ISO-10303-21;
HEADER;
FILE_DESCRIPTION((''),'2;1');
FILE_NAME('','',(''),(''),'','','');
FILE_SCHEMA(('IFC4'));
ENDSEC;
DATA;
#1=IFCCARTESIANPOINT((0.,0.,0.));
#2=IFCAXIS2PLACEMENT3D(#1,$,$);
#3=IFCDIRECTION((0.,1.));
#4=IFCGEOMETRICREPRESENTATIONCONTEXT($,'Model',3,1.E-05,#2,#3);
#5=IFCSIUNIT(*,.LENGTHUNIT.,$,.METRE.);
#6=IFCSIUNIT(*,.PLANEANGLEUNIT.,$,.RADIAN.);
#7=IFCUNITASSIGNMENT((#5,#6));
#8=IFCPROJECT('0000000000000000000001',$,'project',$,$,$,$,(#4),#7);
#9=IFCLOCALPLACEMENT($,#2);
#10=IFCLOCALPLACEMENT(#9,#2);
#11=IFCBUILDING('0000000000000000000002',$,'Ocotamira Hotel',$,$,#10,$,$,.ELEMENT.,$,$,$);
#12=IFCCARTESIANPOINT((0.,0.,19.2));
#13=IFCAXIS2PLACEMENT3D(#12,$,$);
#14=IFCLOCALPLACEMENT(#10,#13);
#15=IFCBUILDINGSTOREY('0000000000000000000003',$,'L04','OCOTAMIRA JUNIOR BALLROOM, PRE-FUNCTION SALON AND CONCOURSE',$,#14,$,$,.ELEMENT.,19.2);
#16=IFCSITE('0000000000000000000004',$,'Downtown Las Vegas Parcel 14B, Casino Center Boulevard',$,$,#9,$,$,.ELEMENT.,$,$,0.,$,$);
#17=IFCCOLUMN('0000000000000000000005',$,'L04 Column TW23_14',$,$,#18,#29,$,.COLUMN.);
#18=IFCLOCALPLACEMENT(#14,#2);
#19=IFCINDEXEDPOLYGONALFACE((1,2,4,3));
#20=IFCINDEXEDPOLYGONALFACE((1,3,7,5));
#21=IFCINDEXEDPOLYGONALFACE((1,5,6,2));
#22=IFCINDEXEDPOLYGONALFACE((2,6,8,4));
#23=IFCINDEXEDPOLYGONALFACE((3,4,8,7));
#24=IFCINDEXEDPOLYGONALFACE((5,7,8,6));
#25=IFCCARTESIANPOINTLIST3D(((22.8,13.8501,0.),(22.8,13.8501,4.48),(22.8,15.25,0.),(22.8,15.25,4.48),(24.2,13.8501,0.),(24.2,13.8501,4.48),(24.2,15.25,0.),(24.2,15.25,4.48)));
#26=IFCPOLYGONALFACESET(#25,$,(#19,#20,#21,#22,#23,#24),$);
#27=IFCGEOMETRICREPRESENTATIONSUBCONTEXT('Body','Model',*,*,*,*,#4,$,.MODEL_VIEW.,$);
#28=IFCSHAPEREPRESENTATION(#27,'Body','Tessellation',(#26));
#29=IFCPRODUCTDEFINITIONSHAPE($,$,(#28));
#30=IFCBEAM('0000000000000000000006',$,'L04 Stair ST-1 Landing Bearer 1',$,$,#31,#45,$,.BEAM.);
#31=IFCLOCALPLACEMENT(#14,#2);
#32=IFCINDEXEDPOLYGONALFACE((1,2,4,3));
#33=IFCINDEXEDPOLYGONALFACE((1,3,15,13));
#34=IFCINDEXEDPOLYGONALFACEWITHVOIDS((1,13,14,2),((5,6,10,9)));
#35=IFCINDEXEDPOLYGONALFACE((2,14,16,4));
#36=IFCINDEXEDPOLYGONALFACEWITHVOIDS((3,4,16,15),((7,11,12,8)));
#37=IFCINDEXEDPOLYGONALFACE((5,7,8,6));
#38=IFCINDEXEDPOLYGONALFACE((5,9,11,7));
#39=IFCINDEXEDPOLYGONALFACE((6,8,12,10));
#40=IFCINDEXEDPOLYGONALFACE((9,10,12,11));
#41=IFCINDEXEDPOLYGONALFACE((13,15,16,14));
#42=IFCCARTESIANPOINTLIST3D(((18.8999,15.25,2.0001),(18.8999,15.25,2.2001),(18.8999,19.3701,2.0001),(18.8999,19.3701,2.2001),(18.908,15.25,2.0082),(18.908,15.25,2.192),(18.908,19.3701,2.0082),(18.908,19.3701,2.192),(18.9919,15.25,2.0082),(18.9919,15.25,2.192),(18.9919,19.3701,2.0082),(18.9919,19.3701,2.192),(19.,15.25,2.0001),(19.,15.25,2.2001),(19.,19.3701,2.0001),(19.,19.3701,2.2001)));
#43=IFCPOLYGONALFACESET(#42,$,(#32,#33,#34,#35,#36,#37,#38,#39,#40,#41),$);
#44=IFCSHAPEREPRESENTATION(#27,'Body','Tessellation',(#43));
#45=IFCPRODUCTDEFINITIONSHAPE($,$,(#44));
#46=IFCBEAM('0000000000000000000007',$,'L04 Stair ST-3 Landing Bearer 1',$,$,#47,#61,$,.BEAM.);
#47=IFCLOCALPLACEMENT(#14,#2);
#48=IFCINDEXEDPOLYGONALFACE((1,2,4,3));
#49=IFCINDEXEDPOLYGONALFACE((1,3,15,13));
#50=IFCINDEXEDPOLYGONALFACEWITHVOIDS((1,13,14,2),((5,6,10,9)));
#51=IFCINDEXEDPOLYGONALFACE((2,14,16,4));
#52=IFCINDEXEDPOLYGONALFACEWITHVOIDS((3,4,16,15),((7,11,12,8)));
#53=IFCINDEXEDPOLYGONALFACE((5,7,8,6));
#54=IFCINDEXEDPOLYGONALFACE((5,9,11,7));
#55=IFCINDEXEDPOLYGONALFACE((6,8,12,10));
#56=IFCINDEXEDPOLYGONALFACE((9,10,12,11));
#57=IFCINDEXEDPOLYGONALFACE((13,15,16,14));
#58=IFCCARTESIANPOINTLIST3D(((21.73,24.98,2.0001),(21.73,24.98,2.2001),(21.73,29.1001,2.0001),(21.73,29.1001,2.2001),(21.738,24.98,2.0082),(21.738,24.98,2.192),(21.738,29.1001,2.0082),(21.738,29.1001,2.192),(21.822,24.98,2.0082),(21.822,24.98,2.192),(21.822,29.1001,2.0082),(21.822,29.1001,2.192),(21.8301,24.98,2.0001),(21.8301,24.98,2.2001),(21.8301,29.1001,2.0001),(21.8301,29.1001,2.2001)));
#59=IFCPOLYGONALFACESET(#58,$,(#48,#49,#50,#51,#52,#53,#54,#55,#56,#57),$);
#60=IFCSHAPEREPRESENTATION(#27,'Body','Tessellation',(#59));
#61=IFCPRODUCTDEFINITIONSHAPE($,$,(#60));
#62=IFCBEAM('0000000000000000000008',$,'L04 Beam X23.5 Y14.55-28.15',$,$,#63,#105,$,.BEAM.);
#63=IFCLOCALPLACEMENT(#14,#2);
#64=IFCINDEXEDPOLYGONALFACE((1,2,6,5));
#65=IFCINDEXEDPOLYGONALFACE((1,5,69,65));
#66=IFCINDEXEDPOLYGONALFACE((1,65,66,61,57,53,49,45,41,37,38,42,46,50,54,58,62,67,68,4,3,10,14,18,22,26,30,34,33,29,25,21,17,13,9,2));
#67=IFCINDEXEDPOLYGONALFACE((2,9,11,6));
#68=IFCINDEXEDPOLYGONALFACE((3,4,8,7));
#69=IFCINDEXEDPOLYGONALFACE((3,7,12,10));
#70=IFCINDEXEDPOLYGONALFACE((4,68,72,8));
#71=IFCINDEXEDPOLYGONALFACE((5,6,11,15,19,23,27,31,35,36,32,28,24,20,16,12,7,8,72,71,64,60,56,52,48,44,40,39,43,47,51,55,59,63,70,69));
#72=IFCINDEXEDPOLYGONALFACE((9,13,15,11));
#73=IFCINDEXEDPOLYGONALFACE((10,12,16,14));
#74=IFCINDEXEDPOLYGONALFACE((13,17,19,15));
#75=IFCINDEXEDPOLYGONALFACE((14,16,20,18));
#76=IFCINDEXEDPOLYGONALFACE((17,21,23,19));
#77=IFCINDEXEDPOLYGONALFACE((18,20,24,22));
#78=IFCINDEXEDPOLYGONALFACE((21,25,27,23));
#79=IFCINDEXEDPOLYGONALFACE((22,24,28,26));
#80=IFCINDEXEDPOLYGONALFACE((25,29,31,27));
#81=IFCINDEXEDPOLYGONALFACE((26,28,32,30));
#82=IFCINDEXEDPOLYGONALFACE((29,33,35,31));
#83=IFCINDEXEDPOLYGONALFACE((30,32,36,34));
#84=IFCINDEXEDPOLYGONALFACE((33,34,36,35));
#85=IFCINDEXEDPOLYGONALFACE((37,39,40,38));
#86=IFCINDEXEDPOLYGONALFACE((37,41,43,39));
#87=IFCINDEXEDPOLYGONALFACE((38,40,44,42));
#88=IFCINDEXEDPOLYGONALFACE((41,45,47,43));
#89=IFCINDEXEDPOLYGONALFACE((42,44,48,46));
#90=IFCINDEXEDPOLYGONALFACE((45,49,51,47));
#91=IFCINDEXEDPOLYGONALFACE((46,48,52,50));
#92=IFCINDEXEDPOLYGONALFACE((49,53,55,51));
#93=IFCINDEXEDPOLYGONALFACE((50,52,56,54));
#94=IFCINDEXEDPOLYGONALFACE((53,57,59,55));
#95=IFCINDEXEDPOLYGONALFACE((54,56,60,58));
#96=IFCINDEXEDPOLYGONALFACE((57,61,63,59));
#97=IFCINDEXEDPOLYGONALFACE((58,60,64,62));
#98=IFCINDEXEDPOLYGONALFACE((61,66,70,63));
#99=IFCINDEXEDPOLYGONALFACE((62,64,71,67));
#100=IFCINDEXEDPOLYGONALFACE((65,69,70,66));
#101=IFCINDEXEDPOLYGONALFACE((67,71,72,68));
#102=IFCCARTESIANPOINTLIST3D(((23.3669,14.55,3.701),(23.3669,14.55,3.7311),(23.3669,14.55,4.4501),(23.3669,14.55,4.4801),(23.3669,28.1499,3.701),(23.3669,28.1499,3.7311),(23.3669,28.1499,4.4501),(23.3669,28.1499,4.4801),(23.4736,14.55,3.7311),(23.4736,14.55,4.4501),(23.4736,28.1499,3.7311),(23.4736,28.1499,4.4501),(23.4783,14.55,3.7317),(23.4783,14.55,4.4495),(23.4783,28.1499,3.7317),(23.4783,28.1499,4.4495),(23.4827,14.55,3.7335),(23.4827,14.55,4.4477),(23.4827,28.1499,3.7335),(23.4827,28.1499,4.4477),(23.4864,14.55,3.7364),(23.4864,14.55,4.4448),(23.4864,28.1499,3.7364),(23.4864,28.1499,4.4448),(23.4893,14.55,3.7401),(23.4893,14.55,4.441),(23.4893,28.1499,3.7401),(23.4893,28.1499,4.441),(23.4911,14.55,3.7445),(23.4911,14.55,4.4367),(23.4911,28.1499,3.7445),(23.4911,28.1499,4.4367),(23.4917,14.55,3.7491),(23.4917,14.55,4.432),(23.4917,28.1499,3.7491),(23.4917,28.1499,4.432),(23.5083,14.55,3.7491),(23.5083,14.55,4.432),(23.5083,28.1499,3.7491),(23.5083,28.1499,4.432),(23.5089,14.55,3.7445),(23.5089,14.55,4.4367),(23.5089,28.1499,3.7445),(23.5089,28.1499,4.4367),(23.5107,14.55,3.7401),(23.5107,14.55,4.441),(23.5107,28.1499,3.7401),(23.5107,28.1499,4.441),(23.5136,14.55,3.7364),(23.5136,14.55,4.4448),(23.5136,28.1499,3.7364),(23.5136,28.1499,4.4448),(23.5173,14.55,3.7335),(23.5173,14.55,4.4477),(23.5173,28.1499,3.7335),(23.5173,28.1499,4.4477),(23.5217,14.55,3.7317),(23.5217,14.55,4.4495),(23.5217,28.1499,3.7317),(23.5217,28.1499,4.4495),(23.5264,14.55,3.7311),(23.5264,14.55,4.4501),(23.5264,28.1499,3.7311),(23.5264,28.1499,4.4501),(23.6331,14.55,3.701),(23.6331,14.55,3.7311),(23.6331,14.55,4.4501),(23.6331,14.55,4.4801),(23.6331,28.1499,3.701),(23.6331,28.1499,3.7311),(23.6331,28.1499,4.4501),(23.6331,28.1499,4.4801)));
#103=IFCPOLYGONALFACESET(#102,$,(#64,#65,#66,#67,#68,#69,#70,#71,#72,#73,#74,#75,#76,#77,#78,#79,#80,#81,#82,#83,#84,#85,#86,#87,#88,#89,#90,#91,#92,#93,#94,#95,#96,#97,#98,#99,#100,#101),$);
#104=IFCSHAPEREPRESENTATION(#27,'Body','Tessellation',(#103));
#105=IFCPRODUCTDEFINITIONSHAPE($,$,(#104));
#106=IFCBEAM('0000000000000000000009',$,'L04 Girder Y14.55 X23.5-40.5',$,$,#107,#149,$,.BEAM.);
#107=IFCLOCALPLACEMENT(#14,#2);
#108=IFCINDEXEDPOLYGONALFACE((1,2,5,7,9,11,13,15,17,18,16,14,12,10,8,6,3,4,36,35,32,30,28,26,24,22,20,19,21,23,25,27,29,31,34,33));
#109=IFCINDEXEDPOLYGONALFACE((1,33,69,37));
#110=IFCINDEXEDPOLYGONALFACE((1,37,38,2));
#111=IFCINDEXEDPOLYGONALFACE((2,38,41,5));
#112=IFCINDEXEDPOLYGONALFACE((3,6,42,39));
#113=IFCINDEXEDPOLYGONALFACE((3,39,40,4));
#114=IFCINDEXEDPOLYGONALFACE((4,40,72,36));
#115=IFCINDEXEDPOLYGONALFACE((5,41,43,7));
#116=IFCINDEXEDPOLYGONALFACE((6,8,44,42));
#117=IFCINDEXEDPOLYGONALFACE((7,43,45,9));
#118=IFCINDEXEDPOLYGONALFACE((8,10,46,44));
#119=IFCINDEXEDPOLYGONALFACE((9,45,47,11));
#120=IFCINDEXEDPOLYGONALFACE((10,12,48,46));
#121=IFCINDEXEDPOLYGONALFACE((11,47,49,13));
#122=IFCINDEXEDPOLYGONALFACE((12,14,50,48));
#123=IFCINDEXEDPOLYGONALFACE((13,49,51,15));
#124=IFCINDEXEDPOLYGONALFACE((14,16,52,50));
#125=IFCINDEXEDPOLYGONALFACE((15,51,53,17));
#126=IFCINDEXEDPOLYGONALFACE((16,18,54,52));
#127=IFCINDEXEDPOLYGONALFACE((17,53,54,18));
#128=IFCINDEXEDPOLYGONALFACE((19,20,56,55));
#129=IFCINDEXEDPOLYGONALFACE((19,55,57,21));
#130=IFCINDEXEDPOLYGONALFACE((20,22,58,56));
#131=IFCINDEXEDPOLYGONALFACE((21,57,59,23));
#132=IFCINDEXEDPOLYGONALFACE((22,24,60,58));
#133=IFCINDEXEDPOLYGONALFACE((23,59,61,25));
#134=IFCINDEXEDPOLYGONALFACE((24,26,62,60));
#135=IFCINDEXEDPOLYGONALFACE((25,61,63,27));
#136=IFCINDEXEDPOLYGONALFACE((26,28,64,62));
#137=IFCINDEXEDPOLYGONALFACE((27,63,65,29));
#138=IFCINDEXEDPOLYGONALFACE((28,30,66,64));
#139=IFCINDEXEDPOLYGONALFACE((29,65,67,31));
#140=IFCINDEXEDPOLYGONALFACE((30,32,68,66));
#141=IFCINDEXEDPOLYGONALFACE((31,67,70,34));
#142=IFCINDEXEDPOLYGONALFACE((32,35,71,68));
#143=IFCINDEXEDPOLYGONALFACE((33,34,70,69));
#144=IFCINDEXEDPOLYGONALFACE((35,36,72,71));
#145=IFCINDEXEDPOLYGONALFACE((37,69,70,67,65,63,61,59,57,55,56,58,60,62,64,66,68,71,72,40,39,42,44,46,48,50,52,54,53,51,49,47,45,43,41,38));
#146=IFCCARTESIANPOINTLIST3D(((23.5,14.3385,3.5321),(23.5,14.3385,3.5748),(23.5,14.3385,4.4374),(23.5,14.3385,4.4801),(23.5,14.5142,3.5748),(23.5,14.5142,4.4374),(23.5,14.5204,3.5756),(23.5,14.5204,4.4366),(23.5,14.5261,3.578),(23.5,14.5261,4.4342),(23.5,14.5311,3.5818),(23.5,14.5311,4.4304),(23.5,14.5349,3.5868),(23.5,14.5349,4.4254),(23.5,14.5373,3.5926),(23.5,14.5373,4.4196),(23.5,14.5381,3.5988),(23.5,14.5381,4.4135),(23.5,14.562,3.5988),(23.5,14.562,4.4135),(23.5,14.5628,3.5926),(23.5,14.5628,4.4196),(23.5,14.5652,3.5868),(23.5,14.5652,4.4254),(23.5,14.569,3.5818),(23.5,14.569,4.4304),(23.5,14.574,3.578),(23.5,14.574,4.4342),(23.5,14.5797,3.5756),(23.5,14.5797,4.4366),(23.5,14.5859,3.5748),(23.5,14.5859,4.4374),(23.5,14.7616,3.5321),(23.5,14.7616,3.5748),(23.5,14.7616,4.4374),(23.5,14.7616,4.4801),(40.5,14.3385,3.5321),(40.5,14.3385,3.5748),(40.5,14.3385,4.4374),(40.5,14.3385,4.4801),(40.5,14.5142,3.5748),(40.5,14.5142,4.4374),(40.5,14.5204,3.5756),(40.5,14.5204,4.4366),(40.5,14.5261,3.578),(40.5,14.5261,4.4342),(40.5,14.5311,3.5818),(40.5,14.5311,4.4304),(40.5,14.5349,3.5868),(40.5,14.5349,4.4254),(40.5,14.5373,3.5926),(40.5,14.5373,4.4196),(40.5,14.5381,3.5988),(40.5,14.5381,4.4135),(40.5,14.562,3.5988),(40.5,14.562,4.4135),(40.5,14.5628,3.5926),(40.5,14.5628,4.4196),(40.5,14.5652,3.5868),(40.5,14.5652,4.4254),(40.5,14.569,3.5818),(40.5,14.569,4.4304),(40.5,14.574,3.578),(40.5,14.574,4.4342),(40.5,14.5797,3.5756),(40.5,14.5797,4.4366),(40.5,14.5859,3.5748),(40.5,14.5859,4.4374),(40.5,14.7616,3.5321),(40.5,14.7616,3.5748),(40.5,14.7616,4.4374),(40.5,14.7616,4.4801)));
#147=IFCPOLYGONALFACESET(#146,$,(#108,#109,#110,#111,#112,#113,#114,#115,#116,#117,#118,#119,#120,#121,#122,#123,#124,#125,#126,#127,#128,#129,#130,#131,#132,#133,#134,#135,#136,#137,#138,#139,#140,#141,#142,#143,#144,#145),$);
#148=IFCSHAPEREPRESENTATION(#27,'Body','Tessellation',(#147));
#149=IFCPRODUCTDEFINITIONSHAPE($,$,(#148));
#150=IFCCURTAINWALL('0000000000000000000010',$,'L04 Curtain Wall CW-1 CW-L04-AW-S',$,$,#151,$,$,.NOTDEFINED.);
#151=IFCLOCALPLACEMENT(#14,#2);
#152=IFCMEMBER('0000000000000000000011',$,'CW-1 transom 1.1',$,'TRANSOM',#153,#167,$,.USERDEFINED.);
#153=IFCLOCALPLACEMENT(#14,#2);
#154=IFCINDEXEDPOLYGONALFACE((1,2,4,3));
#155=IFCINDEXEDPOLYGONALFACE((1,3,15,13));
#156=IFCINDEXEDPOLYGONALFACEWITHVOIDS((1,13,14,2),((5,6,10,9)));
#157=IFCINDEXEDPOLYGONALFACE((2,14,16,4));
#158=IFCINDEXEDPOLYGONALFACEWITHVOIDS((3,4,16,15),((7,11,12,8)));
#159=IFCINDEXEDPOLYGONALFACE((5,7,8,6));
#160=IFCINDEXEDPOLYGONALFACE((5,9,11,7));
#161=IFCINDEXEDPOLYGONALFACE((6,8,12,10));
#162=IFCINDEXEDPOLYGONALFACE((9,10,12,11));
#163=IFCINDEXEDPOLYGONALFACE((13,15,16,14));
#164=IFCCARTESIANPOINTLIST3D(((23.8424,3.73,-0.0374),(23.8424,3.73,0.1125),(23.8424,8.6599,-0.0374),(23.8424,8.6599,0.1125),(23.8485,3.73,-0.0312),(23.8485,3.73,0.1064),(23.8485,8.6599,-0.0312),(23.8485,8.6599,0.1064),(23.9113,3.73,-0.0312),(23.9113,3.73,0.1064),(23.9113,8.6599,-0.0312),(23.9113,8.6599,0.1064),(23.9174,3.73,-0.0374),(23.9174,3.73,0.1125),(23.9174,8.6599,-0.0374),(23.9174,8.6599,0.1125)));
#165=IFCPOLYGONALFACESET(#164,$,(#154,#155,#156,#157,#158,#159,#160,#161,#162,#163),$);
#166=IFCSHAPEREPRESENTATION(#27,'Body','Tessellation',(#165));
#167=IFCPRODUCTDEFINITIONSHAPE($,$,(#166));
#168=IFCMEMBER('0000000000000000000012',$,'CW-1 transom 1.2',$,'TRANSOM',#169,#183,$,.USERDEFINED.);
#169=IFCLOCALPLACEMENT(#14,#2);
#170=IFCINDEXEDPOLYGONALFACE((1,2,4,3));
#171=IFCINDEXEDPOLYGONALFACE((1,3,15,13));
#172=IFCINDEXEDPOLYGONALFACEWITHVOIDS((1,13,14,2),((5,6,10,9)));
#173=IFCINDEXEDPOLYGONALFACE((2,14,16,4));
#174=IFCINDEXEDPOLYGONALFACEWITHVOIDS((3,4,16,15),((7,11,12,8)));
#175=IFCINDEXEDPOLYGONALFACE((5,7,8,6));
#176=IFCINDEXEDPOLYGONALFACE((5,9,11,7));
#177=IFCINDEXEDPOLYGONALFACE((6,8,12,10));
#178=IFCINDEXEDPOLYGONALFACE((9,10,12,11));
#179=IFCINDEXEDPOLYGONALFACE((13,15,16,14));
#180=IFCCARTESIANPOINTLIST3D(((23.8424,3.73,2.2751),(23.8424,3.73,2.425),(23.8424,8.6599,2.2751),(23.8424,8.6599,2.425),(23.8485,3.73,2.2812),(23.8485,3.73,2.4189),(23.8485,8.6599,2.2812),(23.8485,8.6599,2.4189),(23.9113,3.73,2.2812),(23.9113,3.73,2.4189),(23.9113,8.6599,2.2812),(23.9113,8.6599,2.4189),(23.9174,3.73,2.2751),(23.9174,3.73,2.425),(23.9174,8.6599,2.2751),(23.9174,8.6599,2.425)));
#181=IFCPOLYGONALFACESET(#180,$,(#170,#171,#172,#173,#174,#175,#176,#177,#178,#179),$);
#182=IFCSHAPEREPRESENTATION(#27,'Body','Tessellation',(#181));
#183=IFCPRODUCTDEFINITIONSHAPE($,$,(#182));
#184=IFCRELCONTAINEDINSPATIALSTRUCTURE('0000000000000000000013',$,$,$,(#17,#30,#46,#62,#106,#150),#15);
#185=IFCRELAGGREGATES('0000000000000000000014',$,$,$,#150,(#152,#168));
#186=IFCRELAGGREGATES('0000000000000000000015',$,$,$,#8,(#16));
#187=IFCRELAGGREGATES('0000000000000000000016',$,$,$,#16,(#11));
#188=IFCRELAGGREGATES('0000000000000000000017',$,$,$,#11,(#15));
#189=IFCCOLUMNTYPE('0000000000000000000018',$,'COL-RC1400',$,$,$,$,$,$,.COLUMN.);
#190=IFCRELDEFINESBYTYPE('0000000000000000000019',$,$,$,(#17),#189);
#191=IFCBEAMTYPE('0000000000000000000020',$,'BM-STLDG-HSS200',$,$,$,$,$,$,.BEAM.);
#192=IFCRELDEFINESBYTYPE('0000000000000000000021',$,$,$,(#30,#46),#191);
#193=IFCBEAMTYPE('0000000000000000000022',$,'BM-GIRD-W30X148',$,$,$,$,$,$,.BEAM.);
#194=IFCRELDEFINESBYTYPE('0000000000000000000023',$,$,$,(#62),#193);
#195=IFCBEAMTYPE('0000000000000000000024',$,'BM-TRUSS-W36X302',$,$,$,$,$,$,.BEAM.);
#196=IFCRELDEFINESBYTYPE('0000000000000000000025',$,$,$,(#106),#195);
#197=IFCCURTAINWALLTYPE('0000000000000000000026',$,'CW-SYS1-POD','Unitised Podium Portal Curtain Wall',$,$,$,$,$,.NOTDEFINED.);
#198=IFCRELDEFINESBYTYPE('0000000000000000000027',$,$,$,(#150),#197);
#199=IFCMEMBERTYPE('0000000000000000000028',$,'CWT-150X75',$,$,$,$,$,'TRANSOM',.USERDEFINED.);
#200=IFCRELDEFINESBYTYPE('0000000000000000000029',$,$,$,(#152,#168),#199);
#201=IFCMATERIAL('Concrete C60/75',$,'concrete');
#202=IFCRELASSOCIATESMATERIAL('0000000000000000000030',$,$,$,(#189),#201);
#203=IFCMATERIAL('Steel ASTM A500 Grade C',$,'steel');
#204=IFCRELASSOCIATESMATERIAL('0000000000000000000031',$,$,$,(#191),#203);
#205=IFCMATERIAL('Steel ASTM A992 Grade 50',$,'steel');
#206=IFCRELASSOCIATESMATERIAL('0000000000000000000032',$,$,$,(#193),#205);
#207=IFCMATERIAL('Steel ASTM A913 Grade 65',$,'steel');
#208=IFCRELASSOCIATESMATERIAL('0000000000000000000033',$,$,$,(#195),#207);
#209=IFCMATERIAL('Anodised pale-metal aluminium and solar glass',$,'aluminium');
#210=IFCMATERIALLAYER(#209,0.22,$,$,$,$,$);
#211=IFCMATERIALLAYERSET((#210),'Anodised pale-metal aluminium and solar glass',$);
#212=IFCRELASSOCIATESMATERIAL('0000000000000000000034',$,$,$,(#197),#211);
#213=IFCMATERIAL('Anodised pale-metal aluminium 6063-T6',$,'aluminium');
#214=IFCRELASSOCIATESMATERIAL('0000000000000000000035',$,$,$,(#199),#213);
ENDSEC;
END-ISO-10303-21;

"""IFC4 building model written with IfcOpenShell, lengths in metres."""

from ifc_helpers import new_model, si_unit, direction, frame, origin, origin_2d, place, context, subcontext, project, spatial, rectangle, hollow_rectangle, i_section, extrude, source, transform, mapped, material, layer, layer_set, material_profile, profile_set, type_object, element, aggregate, save


model = new_model("IFC4")

# Units and contexts
model_context = context("Model", 3, precision=1e-05, world=origin(), true_north=direction((0.0, 1.0)))
body_context = subcontext(model_context, "Body", "Model", "MODEL_VIEW")
ifc_project = project(units=[si_unit("LENGTHUNIT", "METRE"), si_unit("PLANEANGLEUNIT", "RADIAN")], contexts=[model_context])

# Site, building, storey
site_placement = place(None, origin())
site = spatial("IfcSite", under=ifc_project, at=site_placement, Name="Downtown Las Vegas Parcel 14B, Casino Center Boulevard", CompositionType="ELEMENT", RefElevation=0.0)
building_placement = place(site_placement, origin())
building = spatial("IfcBuilding", under=site, at=building_placement, Name="Ocotamira Hotel", CompositionType="ELEMENT")
storey_placement = place(building_placement, frame((0.0, 0.0, 19.2)))
storey = spatial("IfcBuildingStorey", under=building, at=storey_placement, Name="L04", Description="OCOTAMIRA JUNIOR BALLROOM, PRE-FUNCTION SALON AND CONCOURSE", CompositionType="ELEMENT", Elevation=19.2)

# Column
ifc_material_1 = material(Name="Concrete C60/75", Category="concrete")
ifc_material_profile_1 = material_profile(ifc_material_1, rectangle(XDim=1.3999, YDim=1.3999, at=origin_2d()), Name="RC1400X1400")
ifc_profile_set_1 = profile_set([ifc_material_profile_1], Name="Concrete C60/75")
column_type = type_object("IfcColumnType", Name="COL-RC1400", PredefinedType="COLUMN", material=ifc_profile_set_1)
shared_shape_1 = source(origin(), body_context, "Body", "SweptSolid", [
    extrude(rectangle(XDim=1.3999, YDim=1.3999, at=origin_2d()), origin(), (0.0, 0.0, 1.0), 4.48),
])
column_placement = place(storey_placement, frame((23.5, 14.55, 0.0), z_axis=(0.0, 0.0, 1.0), x_axis=(1.0, 0.0, 0.0)))
element("IfcColumn", 1, at=column_placement, inside=storey, type_object=column_type, Name="L04 Column TW23_14", PredefinedType="COLUMN", context=body_context, shape_type="MappedRepresentation", body=[
    mapped(shared_shape_1, transform((0.0, 0.0, 0.0), scale=1.0)),
])

# Beams
ifc_material_2 = material(Name="Steel ASTM A500 Grade C", Category="steel")
ifc_material_profile_2 = material_profile(ifc_material_2, hollow_rectangle(XDim=0.1001, YDim=0.2, WallThickness=0.0081, at=origin_2d()), Name="HSS200X100X8")
ifc_profile_set_2 = profile_set([ifc_material_profile_2], Name="Steel ASTM A500 Grade C")
beam_type_1 = type_object("IfcBeamType", Name="BM-STLDG-HSS200", PredefinedType="BEAM", material=ifc_profile_set_2)
shared_shape_2 = source(origin(), body_context, "Body", "SweptSolid", [
    extrude(hollow_rectangle(XDim=0.1001, YDim=0.2, WallThickness=0.0081, at=origin_2d()), origin(), (0.0, 0.0, 1.0), 4.1201),
])
for number, where, z_axis, x_axis, name in (
    (2, (18.95, 15.25, 2.1001), (0.0, 1.0, 0.0), (-1.0, 0.0, 0.0), "L04 Stair ST-1 Landing Bearer 1"),
    (3, (21.78, 24.98, 2.1001), (0.0, 1.0, 0.0), (-1.0, 0.0, 0.0), "L04 Stair ST-3 Landing Bearer 1"),
):
    element("IfcBeam", number, at=place(storey_placement, frame(where, z_axis=z_axis, x_axis=x_axis)), inside=storey, type_object=beam_type_1, Name=name, PredefinedType="BEAM", context=body_context, shape_type="MappedRepresentation", body=[
        mapped(shared_shape_2, transform((0.0, 0.0, 0.0), scale=1.0)),
    ])
ifc_material_3 = material(Name="Steel ASTM A992 Grade 50", Category="steel")
ifc_material_profile_3 = material_profile(ifc_material_3, i_section(OverallWidth=0.2661, OverallDepth=0.7791, WebThickness=0.0166, FlangeThickness=0.03, FilletRadius=0.0181, at=origin_2d()), Name="W30X148")
ifc_profile_set_3 = profile_set([ifc_material_profile_3], Name="Steel ASTM A992 Grade 50")
beam_type_2 = type_object("IfcBeamType", Name="BM-GIRD-W30X148", PredefinedType="BEAM", material=ifc_profile_set_3)
shared_shape_3 = source(origin(), body_context, "Body", "SweptSolid", [
    extrude(i_section(OverallWidth=0.2661, OverallDepth=0.7791, WebThickness=0.0166, FlangeThickness=0.03, FilletRadius=0.0181, at=origin_2d()), origin(), (0.0, 0.0, 1.0), 13.5999),
])
beam_1_placement = place(storey_placement, frame((23.5, 14.55, 4.0906), z_axis=(0.0, 1.0, 0.0), x_axis=(-1.0, 0.0, 0.0)))
element("IfcBeam", 4, at=beam_1_placement, inside=storey, type_object=beam_type_2, Name="L04 Beam X23.5 Y14.55-28.15", PredefinedType="BEAM", context=body_context, shape_type="MappedRepresentation", body=[
    mapped(shared_shape_3, transform((0.0, 0.0, 0.0), scale=1.0)),
])
ifc_material_4 = material(Name="Steel ASTM A913 Grade 65", Category="steel")
ifc_material_profile_4 = material_profile(ifc_material_4, i_section(OverallWidth=0.4231, OverallDepth=0.948, WebThickness=0.0239, FlangeThickness=0.0427, FilletRadius=0.0239, at=origin_2d()), Name="W36X302")
ifc_profile_set_4 = profile_set([ifc_material_profile_4], Name="Steel ASTM A913 Grade 65")
beam_type_3 = type_object("IfcBeamType", Name="BM-TRUSS-W36X302", PredefinedType="BEAM", material=ifc_profile_set_4)
shared_shape_4 = source(origin(), body_context, "Body", "SweptSolid", [
    extrude(i_section(OverallWidth=0.4231, OverallDepth=0.948, WebThickness=0.0239, FlangeThickness=0.0427, FilletRadius=0.0239, at=origin_2d()), origin(), (0.0, 0.0, 1.0), 17.0),
])
beam_2_placement = place(storey_placement, frame((23.5, 14.55, 4.0061), z_axis=(1.0, 0.0, 0.0), x_axis=(0.0, 1.0, 0.0)))
element("IfcBeam", 5, at=beam_2_placement, inside=storey, type_object=beam_type_3, Name="L04 Girder Y14.55 X23.5-40.5", PredefinedType="BEAM", context=body_context, shape_type="MappedRepresentation", body=[
    mapped(shared_shape_4, transform((0.0, 0.0, 0.0), scale=1.0)),
])

# Curtain wall, members
ifc_material_5 = material(Name="Anodised pale-metal aluminium and solar glass", Category="aluminium")
ifc_layer_1 = layer(ifc_material_5, 0.22)
ifc_layer_set_1 = layer_set([ifc_layer_1], Name="Anodised pale-metal aluminium and solar glass")
curtain_wall_type = type_object("IfcCurtainWallType", Name="CW-SYS1-POD", Description="Unitised Podium Portal Curtain Wall", PredefinedType="NOTDEFINED", material=ifc_layer_set_1)
curtain_wall_placement = place(storey_placement, origin())
curtain_wall = element("IfcCurtainWall", 6, at=curtain_wall_placement, inside=storey, type_object=curtain_wall_type, Name="L04 Curtain Wall CW-1 CW-L04-AW-S", PredefinedType="NOTDEFINED")
ifc_material_6 = material(Name="Anodised pale-metal aluminium 6063-T6", Category="aluminium")
ifc_material_profile_5 = material_profile(ifc_material_6, hollow_rectangle(XDim=0.075, YDim=0.1499, WallThickness=0.0061, at=origin_2d()), Name="HSS150X75X6")
ifc_profile_set_5 = profile_set([ifc_material_profile_5], Name="Anodised pale-metal aluminium 6063-T6")
member_type_1 = type_object("IfcMemberType", Name="CWT-150X75", ElementType="TRANSOM", PredefinedType="USERDEFINED", material=ifc_profile_set_5)
shared_shape_5 = source(origin(), body_context, "Body", "SweptSolid", [
    extrude(hollow_rectangle(XDim=0.075, YDim=0.1499, WallThickness=0.0061, at=origin_2d()), origin(), (0.0, 0.0, 1.0), 4.9299),
])
member_1_placement = place(storey_placement, frame((23.8799, 3.73, 0.0376), z_axis=(0.0, 1.0, 0.0), x_axis=(-1.0, 0.0, 0.0)))
member_1 = element("IfcMember", 7, at=member_1_placement, type_object=member_type_1, Name="CW-1 transom 1.1", ObjectType="TRANSOM", PredefinedType="USERDEFINED", context=body_context, shape_type="MappedRepresentation", body=[
    mapped(shared_shape_5, transform((0.0, 0.0, 0.0), scale=1.0)),
])
member_2_placement = place(storey_placement, frame((23.8799, 3.73, 2.3501), z_axis=(0.0, 1.0, 0.0), x_axis=(-1.0, 0.0, 0.0)))
member_2 = element("IfcMember", 8, at=member_2_placement, type_object=member_type_1, Name="CW-1 transom 1.2", ObjectType="TRANSOM", PredefinedType="USERDEFINED", context=body_context, shape_type="MappedRepresentation", body=[
    mapped(shared_shape_5, transform((0.0, 0.0, 0.0), scale=1.0)),
])
aggregate(curtain_wall, [member_1, member_2])

save(model, "model.ifc")
